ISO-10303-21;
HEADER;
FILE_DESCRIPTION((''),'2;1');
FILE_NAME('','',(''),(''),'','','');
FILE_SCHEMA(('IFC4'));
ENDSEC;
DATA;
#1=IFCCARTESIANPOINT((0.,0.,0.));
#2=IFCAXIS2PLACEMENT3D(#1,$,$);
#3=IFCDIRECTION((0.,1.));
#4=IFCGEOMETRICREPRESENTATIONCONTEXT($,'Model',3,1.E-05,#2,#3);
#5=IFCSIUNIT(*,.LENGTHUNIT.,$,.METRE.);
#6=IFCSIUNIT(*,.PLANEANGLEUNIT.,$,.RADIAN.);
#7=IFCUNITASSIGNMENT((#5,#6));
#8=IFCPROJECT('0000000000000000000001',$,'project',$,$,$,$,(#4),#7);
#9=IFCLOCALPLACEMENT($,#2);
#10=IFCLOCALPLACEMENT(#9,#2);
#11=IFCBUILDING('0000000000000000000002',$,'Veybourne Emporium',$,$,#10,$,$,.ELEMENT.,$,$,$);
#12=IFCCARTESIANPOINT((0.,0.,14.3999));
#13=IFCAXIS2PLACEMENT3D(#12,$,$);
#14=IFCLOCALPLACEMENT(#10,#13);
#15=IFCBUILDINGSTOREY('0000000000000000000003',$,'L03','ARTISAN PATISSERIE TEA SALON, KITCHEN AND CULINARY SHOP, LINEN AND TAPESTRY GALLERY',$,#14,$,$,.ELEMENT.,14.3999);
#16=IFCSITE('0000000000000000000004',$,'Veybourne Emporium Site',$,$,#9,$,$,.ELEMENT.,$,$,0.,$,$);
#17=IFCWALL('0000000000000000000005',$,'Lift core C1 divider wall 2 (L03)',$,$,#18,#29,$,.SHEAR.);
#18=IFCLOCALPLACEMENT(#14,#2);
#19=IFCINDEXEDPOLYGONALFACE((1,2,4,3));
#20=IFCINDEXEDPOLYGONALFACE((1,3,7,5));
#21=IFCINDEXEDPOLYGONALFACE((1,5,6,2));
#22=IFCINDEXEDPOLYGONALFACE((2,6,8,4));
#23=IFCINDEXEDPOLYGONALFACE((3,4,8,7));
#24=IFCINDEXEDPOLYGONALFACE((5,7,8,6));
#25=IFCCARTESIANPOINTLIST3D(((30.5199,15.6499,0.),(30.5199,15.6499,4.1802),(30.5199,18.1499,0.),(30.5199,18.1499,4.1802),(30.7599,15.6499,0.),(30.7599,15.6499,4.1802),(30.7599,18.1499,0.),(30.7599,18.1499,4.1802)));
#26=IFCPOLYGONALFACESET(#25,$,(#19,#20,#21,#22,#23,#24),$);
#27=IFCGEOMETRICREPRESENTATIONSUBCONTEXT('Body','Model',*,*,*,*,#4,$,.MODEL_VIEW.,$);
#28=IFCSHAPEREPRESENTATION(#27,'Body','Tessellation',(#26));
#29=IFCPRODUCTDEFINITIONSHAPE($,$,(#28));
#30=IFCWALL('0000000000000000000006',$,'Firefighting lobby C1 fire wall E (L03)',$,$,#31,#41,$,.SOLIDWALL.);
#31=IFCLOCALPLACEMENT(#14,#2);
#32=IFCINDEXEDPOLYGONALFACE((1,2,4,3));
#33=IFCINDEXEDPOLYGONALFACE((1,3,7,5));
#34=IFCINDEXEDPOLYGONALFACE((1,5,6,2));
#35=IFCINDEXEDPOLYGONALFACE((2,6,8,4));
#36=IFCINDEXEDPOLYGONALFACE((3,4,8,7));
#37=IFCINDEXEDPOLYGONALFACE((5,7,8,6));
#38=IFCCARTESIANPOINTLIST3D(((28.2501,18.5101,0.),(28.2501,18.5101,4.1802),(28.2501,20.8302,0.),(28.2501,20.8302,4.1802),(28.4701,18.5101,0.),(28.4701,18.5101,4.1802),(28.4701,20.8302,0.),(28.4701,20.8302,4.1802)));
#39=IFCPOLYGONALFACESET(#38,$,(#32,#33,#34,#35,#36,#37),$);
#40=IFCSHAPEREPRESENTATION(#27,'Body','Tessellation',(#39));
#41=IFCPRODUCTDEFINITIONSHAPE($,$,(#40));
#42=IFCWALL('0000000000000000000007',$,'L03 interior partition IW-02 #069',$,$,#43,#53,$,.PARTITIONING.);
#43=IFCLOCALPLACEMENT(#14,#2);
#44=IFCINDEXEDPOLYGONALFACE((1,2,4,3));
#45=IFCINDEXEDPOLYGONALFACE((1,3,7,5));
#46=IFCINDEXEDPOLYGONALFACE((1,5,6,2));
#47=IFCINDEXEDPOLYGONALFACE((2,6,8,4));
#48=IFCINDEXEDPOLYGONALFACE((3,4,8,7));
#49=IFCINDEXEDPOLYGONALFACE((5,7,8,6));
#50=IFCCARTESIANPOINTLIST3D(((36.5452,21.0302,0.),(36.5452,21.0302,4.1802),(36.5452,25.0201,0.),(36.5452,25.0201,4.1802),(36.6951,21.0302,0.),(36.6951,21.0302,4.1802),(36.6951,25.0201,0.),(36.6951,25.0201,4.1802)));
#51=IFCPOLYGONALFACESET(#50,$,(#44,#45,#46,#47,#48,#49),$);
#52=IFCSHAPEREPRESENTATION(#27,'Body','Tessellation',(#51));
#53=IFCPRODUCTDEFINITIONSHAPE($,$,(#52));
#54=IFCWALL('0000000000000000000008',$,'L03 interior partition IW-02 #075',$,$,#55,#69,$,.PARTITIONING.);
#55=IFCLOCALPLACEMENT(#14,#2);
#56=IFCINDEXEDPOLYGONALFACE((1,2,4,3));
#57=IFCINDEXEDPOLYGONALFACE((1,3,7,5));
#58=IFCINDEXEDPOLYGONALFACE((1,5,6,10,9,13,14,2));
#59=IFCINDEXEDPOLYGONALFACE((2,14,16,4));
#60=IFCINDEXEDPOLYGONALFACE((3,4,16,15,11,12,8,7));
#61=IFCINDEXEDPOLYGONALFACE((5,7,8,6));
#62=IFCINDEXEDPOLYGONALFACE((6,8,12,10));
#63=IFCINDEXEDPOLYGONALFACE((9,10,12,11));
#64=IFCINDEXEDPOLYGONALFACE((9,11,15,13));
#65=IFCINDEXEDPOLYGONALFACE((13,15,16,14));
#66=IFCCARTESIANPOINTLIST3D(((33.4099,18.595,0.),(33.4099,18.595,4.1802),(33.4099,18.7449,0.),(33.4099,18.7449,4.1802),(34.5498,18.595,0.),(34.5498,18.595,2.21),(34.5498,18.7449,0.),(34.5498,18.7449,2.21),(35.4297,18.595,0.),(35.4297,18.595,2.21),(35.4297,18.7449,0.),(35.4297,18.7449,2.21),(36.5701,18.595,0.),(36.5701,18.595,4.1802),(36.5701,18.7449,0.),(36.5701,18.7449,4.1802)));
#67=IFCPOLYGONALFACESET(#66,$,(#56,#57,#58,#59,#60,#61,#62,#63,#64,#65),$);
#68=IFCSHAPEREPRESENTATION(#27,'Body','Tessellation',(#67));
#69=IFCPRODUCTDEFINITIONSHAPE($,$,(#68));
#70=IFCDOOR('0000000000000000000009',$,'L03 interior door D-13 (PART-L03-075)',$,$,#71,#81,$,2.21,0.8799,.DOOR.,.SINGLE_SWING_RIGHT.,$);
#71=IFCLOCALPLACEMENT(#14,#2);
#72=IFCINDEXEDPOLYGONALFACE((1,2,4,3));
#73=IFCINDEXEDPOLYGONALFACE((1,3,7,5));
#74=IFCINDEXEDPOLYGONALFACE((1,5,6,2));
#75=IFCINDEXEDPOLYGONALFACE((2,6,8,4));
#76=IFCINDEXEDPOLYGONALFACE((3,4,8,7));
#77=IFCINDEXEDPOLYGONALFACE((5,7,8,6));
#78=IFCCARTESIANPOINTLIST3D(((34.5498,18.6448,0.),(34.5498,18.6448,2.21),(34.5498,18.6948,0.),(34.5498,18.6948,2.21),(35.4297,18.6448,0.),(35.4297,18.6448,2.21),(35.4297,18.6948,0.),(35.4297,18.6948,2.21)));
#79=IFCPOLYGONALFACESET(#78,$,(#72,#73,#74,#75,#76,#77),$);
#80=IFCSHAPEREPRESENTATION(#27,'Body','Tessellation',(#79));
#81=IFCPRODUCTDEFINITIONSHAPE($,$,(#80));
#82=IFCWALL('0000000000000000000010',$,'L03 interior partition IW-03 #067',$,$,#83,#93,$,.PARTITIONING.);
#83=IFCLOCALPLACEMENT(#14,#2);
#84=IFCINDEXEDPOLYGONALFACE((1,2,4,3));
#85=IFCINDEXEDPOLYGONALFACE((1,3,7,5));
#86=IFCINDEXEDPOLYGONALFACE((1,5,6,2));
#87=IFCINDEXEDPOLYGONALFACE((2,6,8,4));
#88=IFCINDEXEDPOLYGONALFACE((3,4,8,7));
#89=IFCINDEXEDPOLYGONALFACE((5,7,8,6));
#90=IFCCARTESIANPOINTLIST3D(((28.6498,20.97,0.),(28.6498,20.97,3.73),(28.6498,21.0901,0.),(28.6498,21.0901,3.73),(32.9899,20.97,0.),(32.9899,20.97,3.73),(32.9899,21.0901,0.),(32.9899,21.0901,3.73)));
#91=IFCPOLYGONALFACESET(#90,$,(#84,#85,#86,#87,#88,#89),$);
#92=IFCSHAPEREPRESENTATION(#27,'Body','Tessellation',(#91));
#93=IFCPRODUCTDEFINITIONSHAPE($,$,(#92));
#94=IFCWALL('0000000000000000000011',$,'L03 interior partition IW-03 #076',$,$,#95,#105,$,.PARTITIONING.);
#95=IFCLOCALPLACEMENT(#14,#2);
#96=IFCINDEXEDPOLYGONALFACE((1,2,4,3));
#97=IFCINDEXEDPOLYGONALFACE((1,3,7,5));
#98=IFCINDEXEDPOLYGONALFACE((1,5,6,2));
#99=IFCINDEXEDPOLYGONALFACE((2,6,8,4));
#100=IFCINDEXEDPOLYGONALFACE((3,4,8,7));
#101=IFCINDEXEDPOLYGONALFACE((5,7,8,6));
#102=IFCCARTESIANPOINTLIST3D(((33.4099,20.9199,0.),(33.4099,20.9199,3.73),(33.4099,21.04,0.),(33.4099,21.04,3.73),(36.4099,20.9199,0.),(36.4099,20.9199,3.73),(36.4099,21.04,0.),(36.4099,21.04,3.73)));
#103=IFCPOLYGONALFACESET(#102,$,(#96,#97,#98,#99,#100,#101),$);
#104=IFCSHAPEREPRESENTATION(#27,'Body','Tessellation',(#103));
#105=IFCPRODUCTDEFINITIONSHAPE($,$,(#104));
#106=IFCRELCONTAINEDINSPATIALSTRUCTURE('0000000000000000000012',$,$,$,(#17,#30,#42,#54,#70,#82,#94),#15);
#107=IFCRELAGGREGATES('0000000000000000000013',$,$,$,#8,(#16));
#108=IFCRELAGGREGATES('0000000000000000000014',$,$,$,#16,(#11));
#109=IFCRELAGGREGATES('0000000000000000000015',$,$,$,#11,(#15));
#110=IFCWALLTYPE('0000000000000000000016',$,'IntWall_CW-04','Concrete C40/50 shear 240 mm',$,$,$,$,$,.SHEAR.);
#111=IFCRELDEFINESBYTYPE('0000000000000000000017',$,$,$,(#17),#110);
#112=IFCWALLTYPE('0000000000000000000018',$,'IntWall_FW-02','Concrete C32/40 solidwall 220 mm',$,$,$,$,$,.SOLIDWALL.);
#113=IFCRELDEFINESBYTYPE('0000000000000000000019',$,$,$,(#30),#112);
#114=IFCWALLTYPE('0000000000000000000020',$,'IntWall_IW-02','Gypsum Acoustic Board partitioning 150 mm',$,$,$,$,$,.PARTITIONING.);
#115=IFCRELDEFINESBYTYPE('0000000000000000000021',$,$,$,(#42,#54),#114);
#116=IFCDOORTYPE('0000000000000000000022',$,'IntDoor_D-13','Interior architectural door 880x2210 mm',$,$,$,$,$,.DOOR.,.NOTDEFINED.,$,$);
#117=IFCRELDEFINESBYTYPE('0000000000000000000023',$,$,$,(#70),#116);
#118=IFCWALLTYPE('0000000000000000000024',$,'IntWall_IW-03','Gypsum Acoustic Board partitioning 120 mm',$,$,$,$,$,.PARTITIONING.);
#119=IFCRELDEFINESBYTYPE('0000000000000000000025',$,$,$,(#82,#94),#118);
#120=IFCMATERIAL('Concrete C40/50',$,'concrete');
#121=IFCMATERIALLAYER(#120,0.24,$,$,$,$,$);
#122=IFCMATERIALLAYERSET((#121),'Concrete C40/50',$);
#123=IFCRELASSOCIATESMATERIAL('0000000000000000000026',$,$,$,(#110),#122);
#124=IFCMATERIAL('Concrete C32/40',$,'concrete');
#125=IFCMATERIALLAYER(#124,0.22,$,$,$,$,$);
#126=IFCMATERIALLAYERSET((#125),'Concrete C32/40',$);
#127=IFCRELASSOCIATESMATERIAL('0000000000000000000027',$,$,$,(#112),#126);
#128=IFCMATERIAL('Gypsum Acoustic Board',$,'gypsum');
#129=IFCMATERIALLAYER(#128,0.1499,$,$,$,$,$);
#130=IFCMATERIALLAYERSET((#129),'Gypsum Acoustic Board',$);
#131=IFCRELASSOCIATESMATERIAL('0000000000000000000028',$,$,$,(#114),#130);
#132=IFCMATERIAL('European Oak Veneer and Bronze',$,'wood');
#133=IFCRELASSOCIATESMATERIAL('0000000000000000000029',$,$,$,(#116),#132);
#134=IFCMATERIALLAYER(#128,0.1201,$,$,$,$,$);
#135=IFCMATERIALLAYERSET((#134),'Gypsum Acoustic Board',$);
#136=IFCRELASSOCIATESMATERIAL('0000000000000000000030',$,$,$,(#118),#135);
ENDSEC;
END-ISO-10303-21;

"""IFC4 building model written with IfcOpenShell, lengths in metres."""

from ifc_helpers import new_model, si_unit, direction, frame, frame_2d, origin, place, context, subcontext, project, spatial, rectangle, extrude, material, layer, layer_set, type_object, element, fill, save


model = new_model("IFC4")

# Units and contexts
model_context = context("Model", 3, precision=1e-05, world=origin(), true_north=direction((0.0, 1.0)))
body_context = subcontext(model_context, "Body", "Model", "MODEL_VIEW")
ifc_project = project(units=[si_unit("LENGTHUNIT", "METRE"), si_unit("PLANEANGLEUNIT", "RADIAN")], contexts=[model_context])

# Site, building, storey
site_placement = place(None, origin())
site = spatial("IfcSite", under=ifc_project, at=site_placement, Name="Veybourne Emporium Site", CompositionType="ELEMENT", RefElevation=0.0)
building_placement = place(site_placement, origin())
building = spatial("IfcBuilding", under=site, at=building_placement, Name="Veybourne Emporium", CompositionType="ELEMENT")
storey_placement = place(building_placement, frame((0.0, 0.0, 14.3999)))
storey = spatial("IfcBuildingStorey", under=building, at=storey_placement, Name="L03", Description="ARTISAN PATISSERIE TEA SALON, KITCHEN AND CULINARY SHOP, LINEN AND TAPESTRY GALLERY", CompositionType="ELEMENT", Elevation=14.3999)

# Shared definitions
ifc_material_1 = material(Name="Concrete C40/50", Category="concrete")

# Shared definitions
ifc_material_2 = material(Name="Concrete C32/40", Category="concrete")

# Shared definitions
ifc_layer_1 = layer(ifc_material_1, 0.24)
ifc_layer_set_1 = layer_set([ifc_layer_1], Name="Concrete C40/50")
wall_type_1 = type_object("IfcWallType", Name="IntWall_CW-04", Description="Concrete C40/50 shear 240 mm", PredefinedType="SHEAR", material=ifc_layer_set_1)

# Walls
for number, where, z_axis, x_axis, name in (
    (1, (30.6399, 15.6499, 0.0), (0.0, 0.0, 1.0), (0.0, 1.0, 0.0), "Lift core C1 divider wall 2 (L03)"),
):
    element("IfcWall", number, at=place(storey_placement, frame(where, z_axis=z_axis, x_axis=x_axis)), inside=storey, type_object=wall_type_1, Name=name, PredefinedType="SHEAR", context=body_context, shape_type="SweptSolid", body=[
        extrude(rectangle(XDim=2.5, YDim=0.24, at=frame_2d((1.25, 0.0))), origin(), (0.0, 0.0, 1.0), 4.1802),
    ])
ifc_layer_2 = layer(ifc_material_2, 0.22)
ifc_layer_set_2 = layer_set([ifc_layer_2], Name="Concrete C32/40")
wall_type_2 = type_object("IfcWallType", Name="IntWall_FW-02", Description="Concrete C32/40 solidwall 220 mm", PredefinedType="SOLIDWALL", material=ifc_layer_set_2)
wall_1_placement = place(storey_placement, frame((28.3601, 18.51, 0.0), z_axis=(0.0, 0.0, 1.0), x_axis=(0.0, 1.0, 0.0)))
element("IfcWall", 2, at=wall_1_placement, inside=storey, type_object=wall_type_2, Name="Firefighting lobby C1 fire wall E (L03)", PredefinedType="SOLIDWALL", context=body_context, shape_type="SweptSolid", body=[
    extrude(rectangle(XDim=2.3201, YDim=0.22, at=frame_2d((1.1602, 0.0))), origin(), (0.0, 0.0, 1.0), 4.1802),
])
ifc_material_3 = material(Name="Gypsum Acoustic Board", Category="gypsum")
ifc_layer_3 = layer(ifc_material_3, 0.1499)
ifc_layer_set_3 = layer_set([ifc_layer_3], Name="Gypsum Acoustic Board")
wall_type_3 = type_object("IfcWallType", Name="IntWall_IW-02", Description="Gypsum Acoustic Board partitioning 150 mm", PredefinedType="PARTITIONING", material=ifc_layer_set_3)
wall_2_placement = place(storey_placement, frame((36.6201, 21.03, 0.0), z_axis=(0.0, 0.0, 1.0), x_axis=(0.0, 1.0, 0.0)))
element("IfcWall", 3, at=wall_2_placement, inside=storey, type_object=wall_type_3, Name="L03 interior partition IW-02 #069", PredefinedType="PARTITIONING", context=body_context, shape_type="SweptSolid", body=[
    extrude(rectangle(XDim=3.99, YDim=0.1499, at=frame_2d((1.9951, 0.0))), origin(), (0.0, 0.0, 1.0), 4.1802),
])

# Wall, opening, door
wall_3_placement = place(storey_placement, frame((33.4099, 18.6699, 0.0), z_axis=(0.0, 0.0, 1.0), x_axis=(1.0, 0.0, 0.0)))
wall_3 = element("IfcWall", 4, at=wall_3_placement, inside=storey, type_object=wall_type_3, Name="L03 interior partition IW-02 #075", PredefinedType="PARTITIONING", context=body_context, shape_type="SweptSolid", body=[
    extrude(rectangle(XDim=3.1602, YDim=0.1499, at=frame_2d((1.5801, 0.0))), origin(), (0.0, 0.0, 1.0), 4.1802),
])
opening_1_placement = place(wall_3_placement, frame((1.1399, 0.0, 0.0)))
opening_1 = element("IfcOpeningElement", 5, at=opening_1_placement, cuts=wall_3, PredefinedType="OPENING", context=body_context, shape_type="SweptSolid", body=[
    extrude(rectangle(XDim=0.8799, YDim=2.21, at=frame_2d((0.4399, 1.105))), frame((0.0, 0.095, 0.0), z_axis=(0.0, -1.0, 0.0), x_axis=(1.0, 0.0, 0.0)), (0.0, 0.0, 1.0), 0.1899),
])
ifc_material_4 = material(Name="European Oak Veneer and Bronze", Category="wood")
door_type_1 = type_object("IfcDoorType", Name="IntDoor_D-13", Description="Interior architectural door 880x2210 mm", OperationType="NOTDEFINED", PredefinedType="DOOR", material=ifc_material_4)
door_1_placement = place(opening_1_placement, origin())
door_1 = element("IfcDoor", 6, at=door_1_placement, inside=storey, type_object=door_type_1, Name="L03 interior door D-13 (PART-L03-075)", OperationType="SINGLE_SWING_RIGHT", OverallHeight=2.21, OverallWidth=0.8799, PredefinedType="DOOR", context=body_context, shape_type="SweptSolid", body=[
    extrude(rectangle(XDim=0.8799, YDim=2.21, at=frame_2d((0.4399, 1.105))), frame((0.0, 0.0249, 0.0), z_axis=(0.0, -1.0, 0.0), x_axis=(1.0, 0.0, 0.0)), (0.0, 0.0, 1.0), 0.05),
])
fill(opening_1, door_1)

# Walls
ifc_layer_4 = layer(ifc_material_3, 0.1201)
ifc_layer_set_4 = layer_set([ifc_layer_4], Name="Gypsum Acoustic Board")
wall_type_4 = type_object("IfcWallType", Name="IntWall_IW-03", Description="Gypsum Acoustic Board partitioning 120 mm", PredefinedType="PARTITIONING", material=ifc_layer_set_4)
wall_4_placement = place(storey_placement, frame((28.6499, 21.03, 0.0), z_axis=(0.0, 0.0, 1.0), x_axis=(1.0, 0.0, 0.0)))
element("IfcWall", 7, at=wall_4_placement, inside=storey, type_object=wall_type_4, Name="L03 interior partition IW-03 #067", PredefinedType="PARTITIONING", context=body_context, shape_type="SweptSolid", body=[
    extrude(rectangle(XDim=4.3401, YDim=0.1201, at=frame_2d((2.1699, 0.0))), origin(), (0.0, 0.0, 1.0), 3.73),
])
wall_5_placement = place(storey_placement, frame((33.4099, 20.98, 0.0), z_axis=(0.0, 0.0, 1.0), x_axis=(1.0, 0.0, 0.0)))
element("IfcWall", 8, at=wall_5_placement, inside=storey, type_object=wall_type_4, Name="L03 interior partition IW-03 #076", PredefinedType="PARTITIONING", context=body_context, shape_type="SweptSolid", body=[
    extrude(rectangle(XDim=3.0, YDim=0.1201, at=frame_2d((1.5, 0.0))), origin(), (0.0, 0.0, 1.0), 3.73),
])

save(model, "model.ifc")
